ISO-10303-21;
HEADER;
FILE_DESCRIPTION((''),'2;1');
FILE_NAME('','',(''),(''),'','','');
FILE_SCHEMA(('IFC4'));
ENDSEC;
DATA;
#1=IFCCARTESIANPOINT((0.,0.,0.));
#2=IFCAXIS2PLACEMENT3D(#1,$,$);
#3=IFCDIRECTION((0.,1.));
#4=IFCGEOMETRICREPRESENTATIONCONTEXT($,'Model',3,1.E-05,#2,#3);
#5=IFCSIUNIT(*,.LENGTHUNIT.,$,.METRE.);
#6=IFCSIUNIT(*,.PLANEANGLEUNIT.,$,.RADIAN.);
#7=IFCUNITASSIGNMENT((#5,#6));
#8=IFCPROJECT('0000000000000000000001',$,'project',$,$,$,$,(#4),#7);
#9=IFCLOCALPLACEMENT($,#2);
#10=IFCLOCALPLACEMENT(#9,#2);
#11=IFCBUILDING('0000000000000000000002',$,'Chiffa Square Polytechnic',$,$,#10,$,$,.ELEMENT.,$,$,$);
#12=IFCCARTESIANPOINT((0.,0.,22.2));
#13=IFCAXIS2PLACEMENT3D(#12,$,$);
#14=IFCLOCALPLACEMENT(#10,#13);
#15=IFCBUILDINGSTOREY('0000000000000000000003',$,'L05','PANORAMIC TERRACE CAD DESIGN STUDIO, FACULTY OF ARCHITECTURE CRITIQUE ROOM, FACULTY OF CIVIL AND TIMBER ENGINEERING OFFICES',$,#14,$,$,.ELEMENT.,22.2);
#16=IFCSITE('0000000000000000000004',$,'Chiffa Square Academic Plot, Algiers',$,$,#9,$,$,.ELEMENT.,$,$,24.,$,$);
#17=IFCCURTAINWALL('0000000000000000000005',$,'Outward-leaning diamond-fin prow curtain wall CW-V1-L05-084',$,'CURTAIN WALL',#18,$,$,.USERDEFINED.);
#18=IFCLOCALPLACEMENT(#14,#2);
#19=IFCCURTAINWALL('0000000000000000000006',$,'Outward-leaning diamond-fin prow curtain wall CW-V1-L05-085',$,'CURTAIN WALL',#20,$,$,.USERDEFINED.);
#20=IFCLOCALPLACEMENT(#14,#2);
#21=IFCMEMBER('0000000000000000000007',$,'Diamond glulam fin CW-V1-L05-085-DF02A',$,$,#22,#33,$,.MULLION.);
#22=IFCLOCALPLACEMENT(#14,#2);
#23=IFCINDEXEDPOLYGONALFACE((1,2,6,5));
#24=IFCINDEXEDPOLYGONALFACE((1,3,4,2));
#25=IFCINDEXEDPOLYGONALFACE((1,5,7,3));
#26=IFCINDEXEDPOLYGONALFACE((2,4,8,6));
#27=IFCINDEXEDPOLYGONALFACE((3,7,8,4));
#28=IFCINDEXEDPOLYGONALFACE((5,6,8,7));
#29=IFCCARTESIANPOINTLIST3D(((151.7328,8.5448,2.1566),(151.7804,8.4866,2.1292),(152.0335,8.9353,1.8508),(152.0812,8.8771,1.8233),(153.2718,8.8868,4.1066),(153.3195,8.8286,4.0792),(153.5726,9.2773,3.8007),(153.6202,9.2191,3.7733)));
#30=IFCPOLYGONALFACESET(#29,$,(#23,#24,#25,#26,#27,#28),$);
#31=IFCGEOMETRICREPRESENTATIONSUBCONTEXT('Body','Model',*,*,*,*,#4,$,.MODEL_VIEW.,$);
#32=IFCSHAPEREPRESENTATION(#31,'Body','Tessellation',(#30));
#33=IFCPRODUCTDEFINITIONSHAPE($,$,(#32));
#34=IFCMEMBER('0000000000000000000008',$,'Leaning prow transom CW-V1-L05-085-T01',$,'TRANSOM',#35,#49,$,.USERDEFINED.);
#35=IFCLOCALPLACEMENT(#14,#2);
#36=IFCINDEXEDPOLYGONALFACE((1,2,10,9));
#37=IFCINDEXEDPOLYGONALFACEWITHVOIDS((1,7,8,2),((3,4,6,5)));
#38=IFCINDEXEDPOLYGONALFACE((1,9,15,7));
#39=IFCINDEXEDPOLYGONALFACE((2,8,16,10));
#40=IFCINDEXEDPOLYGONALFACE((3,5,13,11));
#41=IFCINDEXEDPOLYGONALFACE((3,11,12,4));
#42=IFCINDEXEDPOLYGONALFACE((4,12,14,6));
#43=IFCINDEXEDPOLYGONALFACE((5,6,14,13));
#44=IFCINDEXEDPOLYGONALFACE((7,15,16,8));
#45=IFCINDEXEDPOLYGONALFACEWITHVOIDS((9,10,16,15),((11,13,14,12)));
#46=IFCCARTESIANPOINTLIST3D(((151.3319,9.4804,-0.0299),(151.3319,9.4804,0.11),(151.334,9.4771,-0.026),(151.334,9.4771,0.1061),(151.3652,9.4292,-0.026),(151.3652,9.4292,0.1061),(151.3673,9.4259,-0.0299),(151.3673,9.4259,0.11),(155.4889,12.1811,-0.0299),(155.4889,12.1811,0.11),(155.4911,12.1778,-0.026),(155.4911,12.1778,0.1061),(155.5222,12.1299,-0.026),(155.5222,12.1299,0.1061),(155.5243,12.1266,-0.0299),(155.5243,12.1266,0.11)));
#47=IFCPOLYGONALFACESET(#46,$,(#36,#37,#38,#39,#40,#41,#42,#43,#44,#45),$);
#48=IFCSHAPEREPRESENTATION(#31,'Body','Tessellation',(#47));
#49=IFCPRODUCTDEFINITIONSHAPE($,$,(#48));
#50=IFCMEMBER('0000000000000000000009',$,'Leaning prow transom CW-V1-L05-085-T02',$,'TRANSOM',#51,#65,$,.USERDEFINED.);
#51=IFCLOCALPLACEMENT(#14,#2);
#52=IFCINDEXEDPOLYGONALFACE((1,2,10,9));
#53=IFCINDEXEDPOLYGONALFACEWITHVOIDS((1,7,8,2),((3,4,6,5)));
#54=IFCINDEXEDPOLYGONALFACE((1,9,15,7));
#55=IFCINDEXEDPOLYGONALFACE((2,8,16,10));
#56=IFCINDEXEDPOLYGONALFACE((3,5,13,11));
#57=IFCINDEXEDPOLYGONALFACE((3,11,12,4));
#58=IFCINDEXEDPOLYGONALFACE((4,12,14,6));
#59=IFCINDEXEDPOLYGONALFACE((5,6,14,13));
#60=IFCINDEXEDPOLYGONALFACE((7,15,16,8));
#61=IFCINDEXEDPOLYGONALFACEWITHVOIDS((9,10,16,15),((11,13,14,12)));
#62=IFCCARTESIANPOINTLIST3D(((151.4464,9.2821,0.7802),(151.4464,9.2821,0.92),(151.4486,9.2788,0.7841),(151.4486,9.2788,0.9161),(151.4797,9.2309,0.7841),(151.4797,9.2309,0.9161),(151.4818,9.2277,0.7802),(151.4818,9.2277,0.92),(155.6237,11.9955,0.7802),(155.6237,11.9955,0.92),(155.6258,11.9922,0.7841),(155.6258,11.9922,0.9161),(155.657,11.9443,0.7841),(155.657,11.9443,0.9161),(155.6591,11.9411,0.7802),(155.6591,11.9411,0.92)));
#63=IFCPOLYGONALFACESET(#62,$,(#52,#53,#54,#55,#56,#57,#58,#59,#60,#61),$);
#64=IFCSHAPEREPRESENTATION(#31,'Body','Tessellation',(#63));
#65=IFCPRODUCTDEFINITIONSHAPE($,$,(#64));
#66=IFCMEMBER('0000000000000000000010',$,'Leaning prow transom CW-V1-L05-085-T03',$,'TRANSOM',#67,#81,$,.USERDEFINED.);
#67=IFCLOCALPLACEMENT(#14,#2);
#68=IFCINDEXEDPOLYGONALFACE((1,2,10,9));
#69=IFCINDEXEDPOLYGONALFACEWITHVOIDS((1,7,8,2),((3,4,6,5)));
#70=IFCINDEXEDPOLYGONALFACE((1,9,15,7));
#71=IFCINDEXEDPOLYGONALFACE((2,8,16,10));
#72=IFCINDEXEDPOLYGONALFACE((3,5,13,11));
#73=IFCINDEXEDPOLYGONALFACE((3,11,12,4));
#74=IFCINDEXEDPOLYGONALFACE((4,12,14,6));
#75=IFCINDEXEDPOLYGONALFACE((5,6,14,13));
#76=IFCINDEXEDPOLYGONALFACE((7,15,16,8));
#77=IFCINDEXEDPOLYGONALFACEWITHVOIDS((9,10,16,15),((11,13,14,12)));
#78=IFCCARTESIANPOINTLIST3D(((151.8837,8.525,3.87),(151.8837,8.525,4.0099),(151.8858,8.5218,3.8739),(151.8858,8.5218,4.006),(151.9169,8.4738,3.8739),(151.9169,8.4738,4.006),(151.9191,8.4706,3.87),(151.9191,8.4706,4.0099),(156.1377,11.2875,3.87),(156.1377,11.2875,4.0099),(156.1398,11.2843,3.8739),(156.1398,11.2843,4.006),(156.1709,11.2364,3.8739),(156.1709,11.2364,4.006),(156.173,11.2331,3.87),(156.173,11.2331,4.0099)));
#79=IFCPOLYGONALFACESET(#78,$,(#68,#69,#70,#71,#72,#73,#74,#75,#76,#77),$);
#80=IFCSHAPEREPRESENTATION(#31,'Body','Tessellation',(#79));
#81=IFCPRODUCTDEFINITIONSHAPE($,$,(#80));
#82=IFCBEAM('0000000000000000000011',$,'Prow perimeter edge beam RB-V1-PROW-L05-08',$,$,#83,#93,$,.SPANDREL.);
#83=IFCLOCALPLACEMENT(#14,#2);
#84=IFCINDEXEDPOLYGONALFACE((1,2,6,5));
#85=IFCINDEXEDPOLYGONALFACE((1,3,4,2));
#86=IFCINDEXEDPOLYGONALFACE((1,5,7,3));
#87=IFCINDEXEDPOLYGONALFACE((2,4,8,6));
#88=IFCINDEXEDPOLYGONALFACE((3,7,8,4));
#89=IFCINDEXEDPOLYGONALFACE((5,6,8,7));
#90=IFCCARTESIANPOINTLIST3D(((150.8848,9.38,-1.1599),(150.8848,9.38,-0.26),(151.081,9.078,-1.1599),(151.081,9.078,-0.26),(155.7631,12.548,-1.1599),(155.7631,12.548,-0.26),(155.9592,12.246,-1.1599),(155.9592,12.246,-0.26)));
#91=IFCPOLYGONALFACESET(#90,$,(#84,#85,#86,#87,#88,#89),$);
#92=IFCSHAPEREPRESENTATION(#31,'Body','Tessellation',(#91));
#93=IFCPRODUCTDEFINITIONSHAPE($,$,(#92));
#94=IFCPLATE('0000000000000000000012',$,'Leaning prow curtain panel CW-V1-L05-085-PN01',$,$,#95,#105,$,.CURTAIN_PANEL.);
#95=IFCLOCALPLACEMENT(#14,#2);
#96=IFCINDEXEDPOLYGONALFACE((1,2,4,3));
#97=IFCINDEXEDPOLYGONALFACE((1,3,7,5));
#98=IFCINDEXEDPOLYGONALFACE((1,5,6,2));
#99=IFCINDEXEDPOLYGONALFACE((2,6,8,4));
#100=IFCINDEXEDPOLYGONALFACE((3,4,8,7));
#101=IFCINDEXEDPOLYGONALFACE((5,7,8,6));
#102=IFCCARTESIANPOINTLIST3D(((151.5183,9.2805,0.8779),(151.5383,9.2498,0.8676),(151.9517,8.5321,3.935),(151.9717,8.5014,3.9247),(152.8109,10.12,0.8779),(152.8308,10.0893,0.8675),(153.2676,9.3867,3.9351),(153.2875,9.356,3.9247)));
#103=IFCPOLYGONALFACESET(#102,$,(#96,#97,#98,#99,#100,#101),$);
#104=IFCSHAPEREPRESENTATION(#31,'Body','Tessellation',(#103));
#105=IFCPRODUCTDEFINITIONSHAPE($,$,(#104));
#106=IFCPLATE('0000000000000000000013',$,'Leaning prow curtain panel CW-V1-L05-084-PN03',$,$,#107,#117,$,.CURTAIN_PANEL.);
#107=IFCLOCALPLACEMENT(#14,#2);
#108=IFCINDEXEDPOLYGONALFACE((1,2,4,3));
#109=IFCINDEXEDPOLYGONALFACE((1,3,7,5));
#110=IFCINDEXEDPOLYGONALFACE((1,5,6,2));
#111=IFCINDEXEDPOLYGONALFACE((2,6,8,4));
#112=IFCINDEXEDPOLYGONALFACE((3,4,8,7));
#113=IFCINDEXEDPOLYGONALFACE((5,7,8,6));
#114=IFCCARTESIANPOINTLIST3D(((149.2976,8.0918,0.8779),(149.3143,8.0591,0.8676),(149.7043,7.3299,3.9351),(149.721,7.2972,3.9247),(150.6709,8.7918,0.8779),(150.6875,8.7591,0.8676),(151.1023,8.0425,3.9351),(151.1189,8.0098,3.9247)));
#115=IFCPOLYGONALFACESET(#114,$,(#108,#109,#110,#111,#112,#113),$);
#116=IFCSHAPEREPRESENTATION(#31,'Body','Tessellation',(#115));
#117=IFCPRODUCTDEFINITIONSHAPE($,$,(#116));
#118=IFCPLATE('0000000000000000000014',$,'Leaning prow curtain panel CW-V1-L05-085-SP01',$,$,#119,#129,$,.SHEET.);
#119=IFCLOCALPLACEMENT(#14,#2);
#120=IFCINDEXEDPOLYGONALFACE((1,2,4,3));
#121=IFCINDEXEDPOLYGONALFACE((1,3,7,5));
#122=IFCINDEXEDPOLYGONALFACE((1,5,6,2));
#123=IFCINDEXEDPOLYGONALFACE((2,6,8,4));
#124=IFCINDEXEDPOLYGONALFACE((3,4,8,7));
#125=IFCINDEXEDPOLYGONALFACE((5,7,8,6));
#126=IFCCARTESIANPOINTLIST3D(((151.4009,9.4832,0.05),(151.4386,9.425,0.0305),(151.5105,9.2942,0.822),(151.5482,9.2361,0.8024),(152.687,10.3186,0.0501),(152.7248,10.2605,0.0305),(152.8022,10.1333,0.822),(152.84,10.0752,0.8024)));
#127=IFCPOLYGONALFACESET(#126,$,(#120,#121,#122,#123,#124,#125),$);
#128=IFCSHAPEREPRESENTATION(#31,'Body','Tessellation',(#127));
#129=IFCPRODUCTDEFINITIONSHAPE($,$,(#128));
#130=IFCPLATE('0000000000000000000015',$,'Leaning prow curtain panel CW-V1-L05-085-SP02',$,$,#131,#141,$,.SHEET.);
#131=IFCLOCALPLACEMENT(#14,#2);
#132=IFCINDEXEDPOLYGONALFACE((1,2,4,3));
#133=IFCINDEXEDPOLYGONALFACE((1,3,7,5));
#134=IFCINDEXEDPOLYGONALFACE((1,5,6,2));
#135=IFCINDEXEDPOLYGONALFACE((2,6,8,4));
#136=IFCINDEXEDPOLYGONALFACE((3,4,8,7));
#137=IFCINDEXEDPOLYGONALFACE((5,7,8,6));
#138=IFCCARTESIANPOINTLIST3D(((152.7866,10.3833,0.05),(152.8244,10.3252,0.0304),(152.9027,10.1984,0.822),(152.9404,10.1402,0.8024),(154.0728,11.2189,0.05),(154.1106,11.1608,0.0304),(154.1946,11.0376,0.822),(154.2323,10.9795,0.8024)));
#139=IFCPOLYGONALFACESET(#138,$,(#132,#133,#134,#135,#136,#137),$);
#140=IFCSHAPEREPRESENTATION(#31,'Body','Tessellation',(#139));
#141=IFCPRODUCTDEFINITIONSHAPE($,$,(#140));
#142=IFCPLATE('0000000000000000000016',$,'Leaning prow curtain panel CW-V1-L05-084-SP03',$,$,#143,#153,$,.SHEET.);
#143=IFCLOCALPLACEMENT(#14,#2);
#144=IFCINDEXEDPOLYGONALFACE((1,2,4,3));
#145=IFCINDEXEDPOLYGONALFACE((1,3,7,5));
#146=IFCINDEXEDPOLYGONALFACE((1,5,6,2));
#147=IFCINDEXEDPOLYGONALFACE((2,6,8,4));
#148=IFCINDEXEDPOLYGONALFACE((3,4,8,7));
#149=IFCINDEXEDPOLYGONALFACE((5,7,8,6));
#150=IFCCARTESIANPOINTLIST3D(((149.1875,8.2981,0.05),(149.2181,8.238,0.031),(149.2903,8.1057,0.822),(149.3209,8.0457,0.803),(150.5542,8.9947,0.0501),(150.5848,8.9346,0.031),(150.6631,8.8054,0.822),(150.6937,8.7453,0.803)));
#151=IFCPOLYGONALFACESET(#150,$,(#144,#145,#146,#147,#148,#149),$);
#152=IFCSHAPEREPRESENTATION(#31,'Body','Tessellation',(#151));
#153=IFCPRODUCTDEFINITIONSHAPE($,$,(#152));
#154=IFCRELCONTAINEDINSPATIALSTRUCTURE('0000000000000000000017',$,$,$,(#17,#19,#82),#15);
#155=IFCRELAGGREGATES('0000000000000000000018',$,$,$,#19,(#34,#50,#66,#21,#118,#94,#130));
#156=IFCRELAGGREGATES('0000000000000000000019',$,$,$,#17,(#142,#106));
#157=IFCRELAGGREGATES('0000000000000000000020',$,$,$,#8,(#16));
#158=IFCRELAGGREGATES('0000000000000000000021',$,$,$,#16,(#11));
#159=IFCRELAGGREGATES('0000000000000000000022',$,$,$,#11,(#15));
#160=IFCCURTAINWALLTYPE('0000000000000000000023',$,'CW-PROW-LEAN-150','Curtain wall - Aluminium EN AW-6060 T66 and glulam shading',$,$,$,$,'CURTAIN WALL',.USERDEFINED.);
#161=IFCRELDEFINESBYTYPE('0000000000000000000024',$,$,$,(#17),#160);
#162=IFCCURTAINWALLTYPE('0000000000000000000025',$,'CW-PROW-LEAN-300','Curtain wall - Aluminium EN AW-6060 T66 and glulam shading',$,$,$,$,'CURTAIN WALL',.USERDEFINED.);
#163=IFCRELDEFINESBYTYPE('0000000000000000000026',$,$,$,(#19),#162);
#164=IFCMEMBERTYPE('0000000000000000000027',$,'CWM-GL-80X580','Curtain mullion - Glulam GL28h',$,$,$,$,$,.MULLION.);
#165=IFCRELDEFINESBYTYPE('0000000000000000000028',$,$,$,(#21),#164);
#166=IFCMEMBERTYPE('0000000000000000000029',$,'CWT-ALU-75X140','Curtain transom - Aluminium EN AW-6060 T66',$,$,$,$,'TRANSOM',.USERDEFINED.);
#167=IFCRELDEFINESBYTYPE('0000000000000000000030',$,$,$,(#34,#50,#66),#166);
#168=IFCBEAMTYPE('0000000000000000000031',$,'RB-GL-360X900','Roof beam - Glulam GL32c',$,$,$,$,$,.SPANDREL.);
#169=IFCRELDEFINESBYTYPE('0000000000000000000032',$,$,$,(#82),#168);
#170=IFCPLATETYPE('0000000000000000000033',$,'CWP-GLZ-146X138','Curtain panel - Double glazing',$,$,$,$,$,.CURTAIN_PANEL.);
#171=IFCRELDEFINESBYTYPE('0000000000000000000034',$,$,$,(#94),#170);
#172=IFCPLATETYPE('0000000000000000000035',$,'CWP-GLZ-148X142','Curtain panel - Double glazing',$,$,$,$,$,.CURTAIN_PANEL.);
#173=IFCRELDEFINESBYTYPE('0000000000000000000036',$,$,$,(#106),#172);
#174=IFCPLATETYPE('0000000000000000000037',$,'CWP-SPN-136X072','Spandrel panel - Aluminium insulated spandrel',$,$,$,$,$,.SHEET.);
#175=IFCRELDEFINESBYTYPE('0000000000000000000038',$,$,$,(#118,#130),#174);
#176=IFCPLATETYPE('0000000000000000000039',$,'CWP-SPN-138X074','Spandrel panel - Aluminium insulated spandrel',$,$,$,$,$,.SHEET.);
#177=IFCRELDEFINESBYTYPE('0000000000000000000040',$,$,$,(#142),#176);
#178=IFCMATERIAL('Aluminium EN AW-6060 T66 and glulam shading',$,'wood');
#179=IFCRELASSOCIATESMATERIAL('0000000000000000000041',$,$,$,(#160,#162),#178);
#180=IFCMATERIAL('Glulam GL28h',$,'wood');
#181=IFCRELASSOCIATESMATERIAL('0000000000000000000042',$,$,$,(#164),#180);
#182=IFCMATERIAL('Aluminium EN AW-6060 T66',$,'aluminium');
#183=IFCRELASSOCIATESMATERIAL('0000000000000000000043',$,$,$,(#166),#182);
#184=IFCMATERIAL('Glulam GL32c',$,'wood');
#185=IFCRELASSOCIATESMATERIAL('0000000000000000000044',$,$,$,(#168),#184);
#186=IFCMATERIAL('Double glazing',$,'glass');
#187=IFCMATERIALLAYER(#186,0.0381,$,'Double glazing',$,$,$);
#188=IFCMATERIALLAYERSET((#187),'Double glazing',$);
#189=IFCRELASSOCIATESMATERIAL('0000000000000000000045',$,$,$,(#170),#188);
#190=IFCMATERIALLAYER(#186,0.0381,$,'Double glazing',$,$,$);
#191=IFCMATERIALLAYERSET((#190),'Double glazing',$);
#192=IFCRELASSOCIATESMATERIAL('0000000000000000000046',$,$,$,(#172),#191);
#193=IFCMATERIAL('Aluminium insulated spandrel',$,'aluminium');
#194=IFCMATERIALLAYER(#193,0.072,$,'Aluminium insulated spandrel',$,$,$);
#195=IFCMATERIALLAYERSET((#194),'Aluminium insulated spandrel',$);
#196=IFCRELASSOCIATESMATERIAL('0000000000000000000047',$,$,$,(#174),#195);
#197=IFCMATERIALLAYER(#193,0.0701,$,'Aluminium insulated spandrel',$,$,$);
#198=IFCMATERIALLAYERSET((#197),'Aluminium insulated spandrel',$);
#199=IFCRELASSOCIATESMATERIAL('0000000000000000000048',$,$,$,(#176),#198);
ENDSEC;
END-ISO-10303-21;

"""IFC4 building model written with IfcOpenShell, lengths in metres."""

from ifc_helpers import new_model, si_unit, direction, frame, origin, origin_2d, place, context, subcontext, project, spatial, polyline, rectangle, hollow_rectangle, outline, extrude, material, layer, layer_set, material_profile, profile_set, type_object, element, aggregate, save


model = new_model("IFC4")

# Units and contexts
model_context = context("Model", 3, precision=1e-05, world=origin(), true_north=direction((0.0, 1.0)))
body_context = subcontext(model_context, "Body", "Model", "MODEL_VIEW")
ifc_project = project(units=[si_unit("LENGTHUNIT", "METRE"), si_unit("PLANEANGLEUNIT", "RADIAN")], contexts=[model_context])

# Site, building, storey
site_placement = place(None, origin())
site = spatial("IfcSite", under=ifc_project, at=site_placement, Name="Chiffa Square Academic Plot, Algiers", CompositionType="ELEMENT", RefElevation=24.0)
building_placement = place(site_placement, origin())
building = spatial("IfcBuilding", under=site, at=building_placement, Name="Chiffa Square Polytechnic", CompositionType="ELEMENT")
storey_placement = place(building_placement, frame((0.0, 0.0, 22.2)))
storey = spatial("IfcBuildingStorey", under=building, at=storey_placement, Name="L05", Description="PANORAMIC TERRACE CAD DESIGN STUDIO, FACULTY OF ARCHITECTURE CRITIQUE ROOM, FACULTY OF CIVIL AND TIMBER ENGINEERING OFFICES", CompositionType="ELEMENT", Elevation=22.2)

# Shared definitions
ifc_material_1 = material(Name="Glulam GL32c", Category="wood")

# Curtain walls
ifc_material_2 = material(Name="Aluminium EN AW-6060 T66 and glulam shading", Category="wood")
curtain_wall_type_1 = type_object("IfcCurtainWallType", Name="CW-PROW-LEAN-150", Description="Curtain wall - Aluminium EN AW-6060 T66 and glulam shading", ElementType="CURTAIN WALL", PredefinedType="USERDEFINED", material=ifc_material_2)
curtain_wall_1_placement = place(storey_placement, origin())
curtain_wall_1 = element("IfcCurtainWall", 1, at=curtain_wall_1_placement, inside=storey, type_object=curtain_wall_type_1, Name="Outward-leaning diamond-fin prow curtain wall CW-V1-L05-084", ObjectType="CURTAIN WALL", PredefinedType="USERDEFINED")
ifc_material_3 = material(Name="Aluminium EN AW-6060 T66", Category="aluminium")
curtain_wall_type_2 = type_object("IfcCurtainWallType", Name="CW-PROW-LEAN-300", Description="Curtain wall - Aluminium EN AW-6060 T66 and glulam shading", ElementType="CURTAIN WALL", PredefinedType="USERDEFINED", material=ifc_material_2)
curtain_wall_2_placement = place(storey_placement, origin())
curtain_wall_2 = element("IfcCurtainWall", 2, at=curtain_wall_2_placement, inside=storey, type_object=curtain_wall_type_2, Name="Outward-leaning diamond-fin prow curtain wall CW-V1-L05-085", ObjectType="CURTAIN WALL", PredefinedType="USERDEFINED")

# Members
ifc_material_4 = material(Name="Glulam GL28h", Category="wood")
ifc_material_profile_1 = material_profile(ifc_material_4, rectangle(XDim=0.0801, YDim=0.5801, at=origin_2d()), Name="GL28h 80x580")
ifc_profile_set_1 = profile_set([ifc_material_profile_1], Name="Glulam GL28h")
member_type_1 = type_object("IfcMemberType", Name="CWM-GL-80X580", Description="Curtain mullion - Glulam GL28h", PredefinedType="MULLION", material=ifc_profile_set_1)
member_1_placement = place(storey_placement, frame((151.907, 8.7109, 1.99), z_axis=(0.613761, 0.136402, 0.777619), x_axis=(-0.595382, 0.726815, 0.342434)))
member_1 = element("IfcMember", 3, at=member_1_placement, type_object=member_type_1, Name="Diamond glulam fin CW-V1-L05-085-DF02A", PredefinedType="MULLION", context=body_context, shape_type="SweptSolid", body=[
    extrude(rectangle(XDim=0.0801, YDim=0.5801, at=origin_2d()), origin(), (0.0, 0.0, 1.0), 2.5076),
])
ifc_material_profile_2 = material_profile(ifc_material_3, hollow_rectangle(XDim=0.0649, YDim=0.1399, WallThickness=0.0039, at=origin_2d()), Name="ALU 65x140x4")
ifc_profile_set_2 = profile_set([ifc_material_profile_2], Name="Aluminium EN AW-6060 T66")
member_type_2 = type_object("IfcMemberType", Name="CWT-ALU-75X140", Description="Curtain transom - Aluminium EN AW-6060 T66", ElementType="TRANSOM", PredefinedType="USERDEFINED", material=ifc_profile_set_2)
member_2_placement = place(storey_placement, frame((151.3496, 9.4531, 0.04), z_axis=(0.838568, 0.544796, 0.0), x_axis=(-0.544796, 0.838568, 0.0)))
member_2 = element("IfcMember", 4, at=member_2_placement, type_object=member_type_2, Name="Leaning prow transom CW-V1-L05-085-T01", ObjectType="TRANSOM", PredefinedType="USERDEFINED", context=body_context, shape_type="SweptSolid", body=[
    extrude(hollow_rectangle(XDim=0.0649, YDim=0.1399, WallThickness=0.0039, at=origin_2d()), origin(), (0.0, 0.0, 1.0), 4.9573),
])
member_3_placement = place(storey_placement, frame((151.4641, 9.2549, 0.8501), z_axis=(0.838612, 0.54473, 0.0), x_axis=(-0.54473, 0.838612, 0.0)))
member_3 = element("IfcMember", 5, at=member_3_placement, type_object=member_type_2, Name="Leaning prow transom CW-V1-L05-085-T02", ObjectType="TRANSOM", PredefinedType="USERDEFINED", context=body_context, shape_type="SweptSolid", body=[
    extrude(hollow_rectangle(XDim=0.0649, YDim=0.1399, WallThickness=0.0039, at=origin_2d()), origin(), (0.0, 0.0, 1.0), 4.9812),
])
member_4_placement = place(storey_placement, frame((151.9014, 8.4978, 3.9399), z_axis=(0.838677, 0.54463, 0.0), x_axis=(-0.54463, 0.838677, 0.0)))
member_4 = element("IfcMember", 6, at=member_4_placement, type_object=member_type_2, Name="Leaning prow transom CW-V1-L05-085-T03", ObjectType="TRANSOM", PredefinedType="USERDEFINED", context=body_context, shape_type="SweptSolid", body=[
    extrude(hollow_rectangle(XDim=0.0649, YDim=0.1399, WallThickness=0.0039, at=origin_2d()), origin(), (0.0, 0.0, 1.0), 5.0723),
])

# Beam
ifc_material_profile_3 = material_profile(ifc_material_1, rectangle(XDim=0.3601, YDim=0.8999, at=origin_2d()), Name="GL32c 360x900")
ifc_profile_set_3 = profile_set([ifc_material_profile_3], Name="Glulam GL32c")
beam_type = type_object("IfcBeamType", Name="RB-GL-360X900", Description="Roof beam - Glulam GL32c", PredefinedType="SPANDREL", material=ifc_profile_set_3)
beam_placement = place(storey_placement, frame((150.9829, 9.229, -0.71), z_axis=(0.838667, 0.544645, 0.0), x_axis=(-0.544645, 0.838667, 0.0)))
element("IfcBeam", 7, at=beam_placement, inside=storey, type_object=beam_type, Name="Prow perimeter edge beam RB-V1-PROW-L05-08", PredefinedType="SPANDREL", context=body_context, shape_type="SweptSolid", body=[
    extrude(rectangle(XDim=0.3601, YDim=0.8999, at=origin_2d()), origin(), (0.0, 0.0, 1.0), 5.8167),
])

# Plates
ifc_material_5 = material(Name="Double glazing", Category="glass")
ifc_layer_1 = layer(ifc_material_5, 0.0381, Name="Double glazing")
ifc_layer_set_1 = layer_set([ifc_layer_1], Name="Double glazing")
plate_type_1 = type_object("IfcPlateType", Name="CWP-GLZ-146X138", Description="Curtain panel - Double glazing", PredefinedType="CURTAIN_PANEL", material=ifc_layer_set_1)
plate_1_placement = place(storey_placement, frame((151.5183, 9.2805, 0.8779), z_axis=(-0.524161, 0.807052, 0.271885), x_axis=(0.838641, 0.544685, -0.000023)))
plate_1 = element("IfcPlate", 8, at=plate_1_placement, type_object=plate_type_1, Name="Leaning prow curtain panel CW-V1-L05-085-PN01", PredefinedType="CURTAIN_PANEL", context=body_context, shape_type="SweptSolid", body=[
    extrude(outline(polyline([(0.0, 0.0), (1.5412, 0.0), (1.5248, -3.1768), (-0.0442, -3.1768), (0.0, 0.0)])), origin(), (0.0, 0.0, -1.0), 0.0381),
])
ifc_layer_2 = layer(ifc_material_5, 0.0381, Name="Double glazing")
ifc_layer_set_2 = layer_set([ifc_layer_2], Name="Double glazing")
plate_type_2 = type_object("IfcPlateType", Name="CWP-GLZ-148X142", Description="Curtain panel - Double glazing", PredefinedType="CURTAIN_PANEL", material=ifc_layer_set_2)
plate_2_placement = place(storey_placement, frame((149.2976, 8.0918, 0.8779), z_axis=(-0.437039, 0.857385, 0.271824), x_axis=(0.890932, 0.454136, 0.00001)))
plate_2 = element("IfcPlate", 9, at=plate_2_placement, type_object=plate_type_2, Name="Leaning prow curtain panel CW-V1-L05-084-PN03", PredefinedType="CURTAIN_PANEL", context=body_context, shape_type="SweptSolid", body=[
    extrude(outline(polyline([(0.0, 0.0), (1.5414, 0.0), (1.5855, -3.1767), (0.0164, -3.1768), (0.0, 0.0)])), origin(), (0.0, 0.0, -1.0), 0.0381),
])
ifc_material_6 = material(Name="Aluminium insulated spandrel", Category="aluminium")
ifc_layer_3 = layer(ifc_material_6, 0.072, Name="Aluminium insulated spandrel")
ifc_layer_set_3 = layer_set([ifc_layer_3], Name="Aluminium insulated spandrel")
plate_type_3 = type_object("IfcPlateType", Name="CWP-SPN-136X072", Description="Spandrel panel - Aluminium insulated spandrel", PredefinedType="SHEET", material=ifc_layer_set_3)
plate_3_placement = place(storey_placement, frame((151.4009, 9.4832, 0.05), z_axis=(-0.524212, 0.806992, 0.271967), x_axis=(0.838602, 0.544745, 0.000001)))
plate_3 = element("IfcPlate", 10, at=plate_3_placement, type_object=plate_type_3, Name="Leaning prow curtain panel CW-V1-L05-085-SP01", PredefinedType="SHEET", context=body_context, shape_type="SweptSolid", body=[
    extrude(outline(polyline([(0.0, 0.0), (1.5337, 0.0), (1.5294, -0.8022), (-0.011, -0.8022), (0.0, 0.0)])), origin(), (0.0, 0.0, -1.0), 0.072),
])
plate_4_placement = place(storey_placement, frame((152.7866, 10.3833, 0.05), z_axis=(-0.524205, 0.80694, 0.272136), x_axis=(0.838584, 0.544772, -0.000028)))
plate_4 = element("IfcPlate", 11, at=plate_4_placement, type_object=plate_type_3, Name="Leaning prow curtain panel CW-V1-L05-085-SP02", PredefinedType="SHEET", context=body_context, shape_type="SweptSolid", body=[
    extrude(outline(polyline([(0.0, 0.0), (1.5338, 0.0), (1.5371, -0.8023), (-0.0035, -0.8022), (0.0, 0.0)])), origin(), (0.0, 0.0, -1.0), 0.072),
])
aggregate(curtain_wall_2, [member_2, member_3, member_4, member_1, plate_3, plate_1, plate_4])
ifc_layer_4 = layer(ifc_material_6, 0.0701, Name="Aluminium insulated spandrel")
ifc_layer_set_4 = layer_set([ifc_layer_4], Name="Aluminium insulated spandrel")
plate_type_4 = type_object("IfcPlateType", Name="CWP-SPN-138X074", Description="Spandrel panel - Aluminium insulated spandrel", PredefinedType="SHEET", material=ifc_layer_set_4)
plate_5_placement = place(storey_placement, frame((149.1875, 8.2981, 0.05), z_axis=(-0.436995, 0.857408, 0.271822), x_axis=(0.890955, 0.454091, 0.000005)))
plate_5 = element("IfcPlate", 12, at=plate_5_placement, type_object=plate_type_4, Name="Leaning prow curtain panel CW-V1-L05-084-SP03", PredefinedType="SHEET", context=body_context, shape_type="SweptSolid", body=[
    extrude(outline(polyline([(0.0, 0.0), (1.534, 0.0), (1.5451, -0.8022), (0.0042, -0.8022), (0.0, 0.0)])), origin(), (0.0, 0.0, -1.0), 0.0701),
])
aggregate(curtain_wall_1, [plate_5, plate_2])

save(model, "model.ifc")
